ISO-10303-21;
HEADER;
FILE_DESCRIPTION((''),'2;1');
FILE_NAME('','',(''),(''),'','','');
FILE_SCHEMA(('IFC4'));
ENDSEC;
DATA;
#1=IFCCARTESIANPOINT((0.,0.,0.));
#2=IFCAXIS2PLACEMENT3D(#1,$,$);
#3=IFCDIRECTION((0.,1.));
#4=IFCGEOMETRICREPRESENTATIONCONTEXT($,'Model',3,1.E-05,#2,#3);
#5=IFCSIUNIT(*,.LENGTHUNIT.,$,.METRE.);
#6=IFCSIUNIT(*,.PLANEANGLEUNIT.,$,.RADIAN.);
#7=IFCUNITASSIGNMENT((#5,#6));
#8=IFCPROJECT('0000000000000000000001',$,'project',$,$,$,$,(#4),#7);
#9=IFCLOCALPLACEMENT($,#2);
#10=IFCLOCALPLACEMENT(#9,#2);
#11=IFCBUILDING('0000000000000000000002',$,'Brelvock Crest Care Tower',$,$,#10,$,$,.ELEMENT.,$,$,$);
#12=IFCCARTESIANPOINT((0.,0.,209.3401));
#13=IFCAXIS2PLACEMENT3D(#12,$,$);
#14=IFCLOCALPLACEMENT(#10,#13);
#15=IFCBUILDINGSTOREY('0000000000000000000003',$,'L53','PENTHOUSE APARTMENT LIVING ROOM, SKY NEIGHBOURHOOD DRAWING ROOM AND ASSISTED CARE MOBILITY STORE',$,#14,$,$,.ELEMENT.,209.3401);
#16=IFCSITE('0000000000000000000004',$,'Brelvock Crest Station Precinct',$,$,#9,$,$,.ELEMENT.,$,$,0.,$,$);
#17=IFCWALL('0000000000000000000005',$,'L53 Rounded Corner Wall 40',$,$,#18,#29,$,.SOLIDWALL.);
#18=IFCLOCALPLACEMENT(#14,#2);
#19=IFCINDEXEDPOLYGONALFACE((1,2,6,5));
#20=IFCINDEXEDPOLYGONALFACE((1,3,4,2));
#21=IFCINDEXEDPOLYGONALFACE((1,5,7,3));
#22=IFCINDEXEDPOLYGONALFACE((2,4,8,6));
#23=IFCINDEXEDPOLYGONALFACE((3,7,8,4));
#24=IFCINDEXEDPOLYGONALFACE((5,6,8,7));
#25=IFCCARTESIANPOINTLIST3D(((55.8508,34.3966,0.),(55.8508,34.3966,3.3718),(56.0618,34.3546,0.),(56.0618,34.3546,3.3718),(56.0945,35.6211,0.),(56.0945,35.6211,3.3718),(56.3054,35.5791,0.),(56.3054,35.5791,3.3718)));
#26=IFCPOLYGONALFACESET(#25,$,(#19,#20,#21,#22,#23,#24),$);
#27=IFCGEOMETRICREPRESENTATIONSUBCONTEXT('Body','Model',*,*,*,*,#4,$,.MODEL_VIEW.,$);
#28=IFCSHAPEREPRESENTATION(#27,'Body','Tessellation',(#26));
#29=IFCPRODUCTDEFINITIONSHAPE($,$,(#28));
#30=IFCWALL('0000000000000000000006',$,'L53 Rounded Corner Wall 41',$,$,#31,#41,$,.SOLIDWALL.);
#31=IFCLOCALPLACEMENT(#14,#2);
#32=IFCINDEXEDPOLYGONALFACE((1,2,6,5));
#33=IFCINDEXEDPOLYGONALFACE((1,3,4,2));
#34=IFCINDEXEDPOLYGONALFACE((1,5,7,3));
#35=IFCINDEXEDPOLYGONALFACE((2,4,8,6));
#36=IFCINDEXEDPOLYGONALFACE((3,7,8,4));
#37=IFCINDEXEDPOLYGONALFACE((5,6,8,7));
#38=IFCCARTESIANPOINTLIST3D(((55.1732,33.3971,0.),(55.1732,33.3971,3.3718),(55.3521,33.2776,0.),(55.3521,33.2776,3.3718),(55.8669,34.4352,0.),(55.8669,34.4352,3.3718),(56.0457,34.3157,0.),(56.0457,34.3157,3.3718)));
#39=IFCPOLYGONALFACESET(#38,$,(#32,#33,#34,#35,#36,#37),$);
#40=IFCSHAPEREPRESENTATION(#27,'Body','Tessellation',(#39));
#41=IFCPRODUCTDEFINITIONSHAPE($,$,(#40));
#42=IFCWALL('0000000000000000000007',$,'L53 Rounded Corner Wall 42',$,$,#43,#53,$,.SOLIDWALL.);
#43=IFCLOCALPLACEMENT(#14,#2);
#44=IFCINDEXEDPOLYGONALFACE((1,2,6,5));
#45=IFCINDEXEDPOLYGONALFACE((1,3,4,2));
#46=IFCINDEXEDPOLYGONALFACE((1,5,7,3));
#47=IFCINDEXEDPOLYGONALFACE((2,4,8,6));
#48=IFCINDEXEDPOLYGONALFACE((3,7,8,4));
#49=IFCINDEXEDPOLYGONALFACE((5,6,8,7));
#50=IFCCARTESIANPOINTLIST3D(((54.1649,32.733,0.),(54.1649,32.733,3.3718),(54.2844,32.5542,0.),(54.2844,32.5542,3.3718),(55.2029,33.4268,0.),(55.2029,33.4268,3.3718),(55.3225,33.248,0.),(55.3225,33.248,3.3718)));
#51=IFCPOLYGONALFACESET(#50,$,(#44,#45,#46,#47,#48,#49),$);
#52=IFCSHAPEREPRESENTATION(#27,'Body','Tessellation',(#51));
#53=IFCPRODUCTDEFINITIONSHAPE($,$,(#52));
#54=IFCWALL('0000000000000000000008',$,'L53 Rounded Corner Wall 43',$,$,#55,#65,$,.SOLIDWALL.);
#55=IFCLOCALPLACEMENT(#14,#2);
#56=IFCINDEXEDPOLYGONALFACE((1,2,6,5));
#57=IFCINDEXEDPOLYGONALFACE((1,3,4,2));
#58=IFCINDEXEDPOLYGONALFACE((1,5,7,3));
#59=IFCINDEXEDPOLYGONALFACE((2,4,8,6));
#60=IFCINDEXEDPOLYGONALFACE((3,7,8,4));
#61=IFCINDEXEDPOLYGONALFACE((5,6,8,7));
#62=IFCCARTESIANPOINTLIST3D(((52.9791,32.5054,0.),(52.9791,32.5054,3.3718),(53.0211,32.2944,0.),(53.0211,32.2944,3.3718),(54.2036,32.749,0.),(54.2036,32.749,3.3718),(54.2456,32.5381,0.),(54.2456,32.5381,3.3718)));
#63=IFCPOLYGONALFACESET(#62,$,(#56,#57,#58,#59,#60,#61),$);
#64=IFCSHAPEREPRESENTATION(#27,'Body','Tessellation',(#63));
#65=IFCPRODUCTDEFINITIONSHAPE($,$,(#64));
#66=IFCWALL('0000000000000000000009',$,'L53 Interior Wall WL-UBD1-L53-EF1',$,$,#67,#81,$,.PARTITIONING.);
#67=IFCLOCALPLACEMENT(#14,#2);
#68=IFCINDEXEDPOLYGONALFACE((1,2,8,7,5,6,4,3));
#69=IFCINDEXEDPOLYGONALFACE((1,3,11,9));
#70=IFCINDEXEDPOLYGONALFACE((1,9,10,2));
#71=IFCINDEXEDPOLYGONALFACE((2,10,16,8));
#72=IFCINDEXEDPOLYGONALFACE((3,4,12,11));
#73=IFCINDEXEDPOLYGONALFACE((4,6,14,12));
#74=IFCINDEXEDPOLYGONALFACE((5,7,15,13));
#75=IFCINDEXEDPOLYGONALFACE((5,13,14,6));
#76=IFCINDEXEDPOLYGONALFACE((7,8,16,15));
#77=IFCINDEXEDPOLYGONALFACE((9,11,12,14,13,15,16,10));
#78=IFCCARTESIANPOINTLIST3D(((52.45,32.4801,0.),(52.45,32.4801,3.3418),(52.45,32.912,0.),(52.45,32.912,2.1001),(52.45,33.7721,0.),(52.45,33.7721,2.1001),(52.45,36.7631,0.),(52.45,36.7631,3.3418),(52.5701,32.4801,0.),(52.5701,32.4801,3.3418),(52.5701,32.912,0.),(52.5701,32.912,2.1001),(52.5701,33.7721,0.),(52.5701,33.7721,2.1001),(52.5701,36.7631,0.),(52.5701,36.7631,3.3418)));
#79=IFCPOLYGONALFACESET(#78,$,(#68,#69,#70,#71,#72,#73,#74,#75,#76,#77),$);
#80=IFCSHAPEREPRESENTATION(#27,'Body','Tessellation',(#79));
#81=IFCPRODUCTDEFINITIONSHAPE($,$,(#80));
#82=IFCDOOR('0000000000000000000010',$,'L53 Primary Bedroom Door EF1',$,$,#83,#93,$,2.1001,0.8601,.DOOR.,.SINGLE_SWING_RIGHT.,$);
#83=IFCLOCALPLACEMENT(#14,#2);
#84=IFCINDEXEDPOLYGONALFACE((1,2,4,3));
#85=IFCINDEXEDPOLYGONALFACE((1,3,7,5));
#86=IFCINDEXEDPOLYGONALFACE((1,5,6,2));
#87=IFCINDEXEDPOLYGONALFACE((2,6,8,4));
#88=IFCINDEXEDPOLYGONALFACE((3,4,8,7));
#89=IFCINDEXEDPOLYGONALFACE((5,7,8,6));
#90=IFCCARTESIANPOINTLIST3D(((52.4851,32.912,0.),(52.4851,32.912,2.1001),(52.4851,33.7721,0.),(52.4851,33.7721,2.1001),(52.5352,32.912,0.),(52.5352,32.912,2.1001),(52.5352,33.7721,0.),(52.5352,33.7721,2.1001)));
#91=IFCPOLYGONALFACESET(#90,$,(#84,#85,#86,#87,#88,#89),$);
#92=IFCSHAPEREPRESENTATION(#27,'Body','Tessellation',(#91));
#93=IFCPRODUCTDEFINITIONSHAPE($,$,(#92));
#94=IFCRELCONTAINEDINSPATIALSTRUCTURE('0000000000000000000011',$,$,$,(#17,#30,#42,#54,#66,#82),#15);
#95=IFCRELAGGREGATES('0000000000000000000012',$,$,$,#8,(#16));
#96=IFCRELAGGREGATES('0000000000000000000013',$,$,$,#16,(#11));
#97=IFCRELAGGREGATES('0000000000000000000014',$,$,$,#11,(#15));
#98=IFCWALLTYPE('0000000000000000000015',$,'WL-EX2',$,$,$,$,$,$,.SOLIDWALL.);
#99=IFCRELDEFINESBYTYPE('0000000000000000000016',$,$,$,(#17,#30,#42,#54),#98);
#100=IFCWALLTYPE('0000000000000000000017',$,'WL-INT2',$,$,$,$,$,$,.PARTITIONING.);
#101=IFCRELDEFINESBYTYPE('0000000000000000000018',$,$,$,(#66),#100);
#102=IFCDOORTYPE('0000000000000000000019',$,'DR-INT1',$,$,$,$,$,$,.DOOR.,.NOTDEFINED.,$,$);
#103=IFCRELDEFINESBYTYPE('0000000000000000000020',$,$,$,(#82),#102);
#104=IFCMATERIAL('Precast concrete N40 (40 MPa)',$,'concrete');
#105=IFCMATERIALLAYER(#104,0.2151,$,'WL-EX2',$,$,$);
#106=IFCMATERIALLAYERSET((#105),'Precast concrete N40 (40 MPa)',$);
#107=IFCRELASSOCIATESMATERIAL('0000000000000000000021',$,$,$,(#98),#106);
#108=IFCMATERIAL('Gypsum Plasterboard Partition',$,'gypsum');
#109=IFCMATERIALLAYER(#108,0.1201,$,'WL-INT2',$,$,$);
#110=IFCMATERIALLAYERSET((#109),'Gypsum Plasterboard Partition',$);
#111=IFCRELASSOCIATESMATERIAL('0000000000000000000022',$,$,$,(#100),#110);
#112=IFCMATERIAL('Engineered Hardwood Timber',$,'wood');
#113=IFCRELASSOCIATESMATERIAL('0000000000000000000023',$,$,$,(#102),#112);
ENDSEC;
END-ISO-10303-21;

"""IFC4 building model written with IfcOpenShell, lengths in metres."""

from ifc_helpers import new_model, si_unit, direction, frame, frame_2d, origin, origin_2d, place, context, subcontext, project, spatial, rectangle, extrude, source, transform, mapped, material, layer, layer_set, type_object, element, fill, save


model = new_model("IFC4")

# Units and contexts
model_context = context("Model", 3, precision=1e-05, world=origin(), true_north=direction((0.0, 1.0)))
body_context = subcontext(model_context, "Body", "Model", "MODEL_VIEW")
ifc_project = project(units=[si_unit("LENGTHUNIT", "METRE"), si_unit("PLANEANGLEUNIT", "RADIAN")], contexts=[model_context])

# Site, building, storey
site_placement = place(None, origin())
site = spatial("IfcSite", under=ifc_project, at=site_placement, Name="Brelvock Crest Station Precinct", CompositionType="ELEMENT", RefElevation=0.0)
building_placement = place(site_placement, origin())
building = spatial("IfcBuilding", under=site, at=building_placement, Name="Brelvock Crest Care Tower", CompositionType="ELEMENT")
storey_placement = place(building_placement, frame((0.0, 0.0, 209.3401)))
storey = spatial("IfcBuildingStorey", under=building, at=storey_placement, Name="L53", Description="PENTHOUSE APARTMENT LIVING ROOM, SKY NEIGHBOURHOOD DRAWING ROOM AND ASSISTED CARE MOBILITY STORE", CompositionType="ELEMENT", Elevation=209.3401)

# Walls
ifc_material_1 = material(Name="Precast concrete N40 (40 MPa)", Category="concrete")
ifc_layer_1 = layer(ifc_material_1, 0.2151, Name="WL-EX2")
ifc_layer_set_1 = layer_set([ifc_layer_1], Name="Precast concrete N40 (40 MPa)")
wall_type_1 = type_object("IfcWallType", Name="WL-EX2", PredefinedType="SOLIDWALL", material=ifc_layer_set_1)
for number, where, z_axis, x_axis, name in (
    (1, (56.2, 35.6001, 0.0), (0.0, 0.0, 1.0), (-0.195138, -0.980776, 0.0), "L53 Rounded Corner Wall 40"),
    (2, (55.9563, 34.3755, 0.0), (0.0, 0.0, 1.0), (-0.555557, -0.831478, 0.0), "L53 Rounded Corner Wall 41"),
    (3, (55.2627, 33.3374, 0.0), (0.0, 0.0, 1.0), (-0.831388, -0.555692, 0.0), "L53 Rounded Corner Wall 42"),
    (4, (54.2246, 32.6436, 0.0), (0.0, 0.0, 1.0), (-0.980776, -0.195138, 0.0), "L53 Rounded Corner Wall 43"),
):
    element("IfcWall", number, at=place(storey_placement, frame(where, z_axis=z_axis, x_axis=x_axis)), inside=storey, type_object=wall_type_1, Name=name, PredefinedType="SOLIDWALL", context=body_context, shape_type="SweptSolid", body=[
        extrude(rectangle(XDim=1.2485, YDim=0.2151, at=frame_2d((0.6243, 0.0))), origin(), (0.0, 0.0, 1.0), 3.3718),
    ])

# Wall, opening, door
ifc_material_2 = material(Name="Gypsum Plasterboard Partition", Category="gypsum")
ifc_layer_2 = layer(ifc_material_2, 0.1201, Name="WL-INT2")
ifc_layer_set_2 = layer_set([ifc_layer_2], Name="Gypsum Plasterboard Partition")
wall_type_2 = type_object("IfcWallType", Name="WL-INT2", PredefinedType="PARTITIONING", material=ifc_layer_set_2)
wall_placement = place(storey_placement, frame((52.51, 32.48, 0.0), z_axis=(0.0, 0.0, 1.0), x_axis=(0.0, 1.0, 0.0)))
wall = element("IfcWall", 5, at=wall_placement, inside=storey, type_object=wall_type_2, Name="L53 Interior Wall WL-UBD1-L53-EF1", PredefinedType="PARTITIONING", context=body_context, shape_type="SweptSolid", body=[
    extrude(rectangle(XDim=4.283, YDim=0.1201, at=frame_2d((2.1416, 0.0))), origin(), (0.0, 0.0, 1.0), 3.3418),
])
opening_placement = place(wall_placement, frame((0.4319, 0.0, 0.0)))
opening = element("IfcOpeningElement", 6, at=opening_placement, cuts=wall, PredefinedType="OPENING", context=body_context, shape_type="SweptSolid", body=[
    extrude(rectangle(XDim=0.8601, YDim=2.1001, at=origin_2d()), frame((0.4302, 0.0701, 1.05), z_axis=(0.0, -1.0, 0.0), x_axis=(1.0, 0.0, 0.0)), (0.0, 0.0, 1.0), 0.1401),
])
ifc_material_3 = material(Name="Engineered Hardwood Timber", Category="wood")
door_type = type_object("IfcDoorType", Name="DR-INT1", OperationType="NOTDEFINED", PredefinedType="DOOR", material=ifc_material_3)
shared_shape_1 = source(origin(), body_context, "Body", "SweptSolid", [
    extrude(rectangle(XDim=0.8601, YDim=2.1001, at=origin_2d()), frame((0.4302, 0.0249, 1.05), z_axis=(0.0, -1.0, 0.0), x_axis=(1.0, 0.0, 0.0)), (0.0, 0.0, 1.0), 0.05),
])
door_placement = place(opening_placement, origin())
door = element("IfcDoor", 7, at=door_placement, inside=storey, type_object=door_type, Name="L53 Primary Bedroom Door EF1", OperationType="SINGLE_SWING_RIGHT", OverallHeight=2.1001, OverallWidth=0.8601, PredefinedType="DOOR", context=body_context, shape_type="MappedRepresentation", body=[
    mapped(shared_shape_1, transform((0.0, 0.0, 0.0), x_axis=(1.0, 0.0, 0.0), y_axis=(0.0, 1.0, 0.0), z_axis=(0.0, 0.0, 1.0), scale=1.0)),
])
fill(opening, door)

save(model, "model.ifc")
